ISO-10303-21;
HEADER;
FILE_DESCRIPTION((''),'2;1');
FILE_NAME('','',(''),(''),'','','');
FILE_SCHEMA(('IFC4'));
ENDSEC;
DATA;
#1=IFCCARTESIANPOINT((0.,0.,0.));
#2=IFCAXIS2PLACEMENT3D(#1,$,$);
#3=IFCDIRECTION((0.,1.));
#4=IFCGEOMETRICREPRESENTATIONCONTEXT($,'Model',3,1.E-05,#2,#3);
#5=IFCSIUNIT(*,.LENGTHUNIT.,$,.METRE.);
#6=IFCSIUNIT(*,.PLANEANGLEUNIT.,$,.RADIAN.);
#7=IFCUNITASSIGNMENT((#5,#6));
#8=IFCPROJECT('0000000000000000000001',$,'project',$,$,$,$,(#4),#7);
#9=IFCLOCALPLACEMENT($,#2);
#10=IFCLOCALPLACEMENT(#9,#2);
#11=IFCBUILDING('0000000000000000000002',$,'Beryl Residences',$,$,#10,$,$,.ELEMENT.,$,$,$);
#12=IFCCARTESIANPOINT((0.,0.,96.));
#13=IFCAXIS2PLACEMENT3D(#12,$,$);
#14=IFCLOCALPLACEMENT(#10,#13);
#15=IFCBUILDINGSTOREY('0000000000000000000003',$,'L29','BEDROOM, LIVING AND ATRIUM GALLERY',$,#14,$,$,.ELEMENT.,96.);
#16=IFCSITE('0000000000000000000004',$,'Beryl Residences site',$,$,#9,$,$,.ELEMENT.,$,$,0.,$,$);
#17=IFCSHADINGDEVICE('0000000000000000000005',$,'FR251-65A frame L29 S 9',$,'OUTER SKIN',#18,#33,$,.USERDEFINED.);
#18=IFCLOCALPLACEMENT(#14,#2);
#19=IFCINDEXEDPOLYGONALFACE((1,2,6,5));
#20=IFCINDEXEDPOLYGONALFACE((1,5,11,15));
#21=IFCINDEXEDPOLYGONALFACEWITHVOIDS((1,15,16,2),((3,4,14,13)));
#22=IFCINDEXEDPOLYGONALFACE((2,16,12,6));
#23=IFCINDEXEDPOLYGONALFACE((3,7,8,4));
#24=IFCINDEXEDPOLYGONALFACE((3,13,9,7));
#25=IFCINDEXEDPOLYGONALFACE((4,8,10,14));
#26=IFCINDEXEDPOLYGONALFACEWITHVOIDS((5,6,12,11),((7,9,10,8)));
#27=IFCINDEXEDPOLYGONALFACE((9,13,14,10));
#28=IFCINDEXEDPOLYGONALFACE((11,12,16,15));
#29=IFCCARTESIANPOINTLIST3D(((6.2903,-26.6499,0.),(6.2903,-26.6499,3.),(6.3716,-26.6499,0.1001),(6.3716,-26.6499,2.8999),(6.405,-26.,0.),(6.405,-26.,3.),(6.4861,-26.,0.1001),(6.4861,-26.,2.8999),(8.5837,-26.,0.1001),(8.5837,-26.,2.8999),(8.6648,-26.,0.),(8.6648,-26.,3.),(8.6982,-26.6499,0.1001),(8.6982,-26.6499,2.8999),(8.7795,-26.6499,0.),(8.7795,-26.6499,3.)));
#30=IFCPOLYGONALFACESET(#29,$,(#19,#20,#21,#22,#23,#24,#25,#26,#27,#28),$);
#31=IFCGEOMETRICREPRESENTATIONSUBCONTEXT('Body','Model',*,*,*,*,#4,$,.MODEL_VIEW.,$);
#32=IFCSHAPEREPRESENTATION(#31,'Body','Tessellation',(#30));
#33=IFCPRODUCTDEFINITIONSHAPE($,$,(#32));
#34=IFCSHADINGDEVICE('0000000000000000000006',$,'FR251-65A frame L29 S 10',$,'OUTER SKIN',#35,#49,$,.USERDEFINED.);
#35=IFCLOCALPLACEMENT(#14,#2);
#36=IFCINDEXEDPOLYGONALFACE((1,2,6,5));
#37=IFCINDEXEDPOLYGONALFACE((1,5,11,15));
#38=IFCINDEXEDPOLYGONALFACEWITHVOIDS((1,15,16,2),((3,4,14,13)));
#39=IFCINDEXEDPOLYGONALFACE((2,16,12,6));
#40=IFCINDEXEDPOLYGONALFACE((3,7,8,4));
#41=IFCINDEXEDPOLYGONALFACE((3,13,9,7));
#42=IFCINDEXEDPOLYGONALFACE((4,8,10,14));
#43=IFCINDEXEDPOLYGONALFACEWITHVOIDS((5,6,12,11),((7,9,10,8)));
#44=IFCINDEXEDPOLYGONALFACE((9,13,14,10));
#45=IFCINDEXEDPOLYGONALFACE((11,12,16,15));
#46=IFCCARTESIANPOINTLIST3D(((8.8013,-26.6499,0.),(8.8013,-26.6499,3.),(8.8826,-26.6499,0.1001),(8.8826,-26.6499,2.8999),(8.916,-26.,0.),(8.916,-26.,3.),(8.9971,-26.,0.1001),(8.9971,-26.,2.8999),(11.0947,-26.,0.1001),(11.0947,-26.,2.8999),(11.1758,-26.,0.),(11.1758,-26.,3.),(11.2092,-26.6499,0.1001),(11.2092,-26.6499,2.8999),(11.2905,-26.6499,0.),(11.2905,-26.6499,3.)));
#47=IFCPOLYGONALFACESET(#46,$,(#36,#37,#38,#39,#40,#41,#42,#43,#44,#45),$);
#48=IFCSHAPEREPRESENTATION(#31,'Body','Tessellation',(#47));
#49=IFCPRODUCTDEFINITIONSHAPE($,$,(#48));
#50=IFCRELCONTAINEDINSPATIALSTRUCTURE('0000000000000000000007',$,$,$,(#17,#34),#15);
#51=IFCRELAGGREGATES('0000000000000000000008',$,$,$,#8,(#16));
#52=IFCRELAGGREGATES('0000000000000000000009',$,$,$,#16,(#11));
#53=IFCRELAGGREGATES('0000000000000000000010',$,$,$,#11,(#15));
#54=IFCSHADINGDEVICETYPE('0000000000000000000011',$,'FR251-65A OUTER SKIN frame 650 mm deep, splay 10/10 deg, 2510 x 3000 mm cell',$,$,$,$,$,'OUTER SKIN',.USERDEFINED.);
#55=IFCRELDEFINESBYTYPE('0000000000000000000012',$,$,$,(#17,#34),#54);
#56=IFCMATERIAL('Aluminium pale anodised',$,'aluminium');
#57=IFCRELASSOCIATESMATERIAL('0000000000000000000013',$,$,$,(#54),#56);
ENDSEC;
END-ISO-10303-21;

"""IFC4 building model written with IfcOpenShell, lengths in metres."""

from ifc_helpers import new_model, entity, si_unit, direction, frame, origin, place, context, subcontext, project, spatial, source, transform, mapped, material, type_object, type_shapes, element, save


model = new_model("IFC4")

# Units and contexts
model_context = context("Model", 3, precision=1e-05, world=origin(), true_north=direction((0.0, 1.0)))
body_context = subcontext(model_context, "Body", "Model", "MODEL_VIEW")
ifc_project = project(units=[si_unit("LENGTHUNIT", "METRE"), si_unit("PLANEANGLEUNIT", "RADIAN")], contexts=[model_context])

# Site, building, storey
site_placement = place(None, origin())
site = spatial("IfcSite", under=ifc_project, at=site_placement, Name="Beryl Residences site", CompositionType="ELEMENT", RefElevation=0.0)
building_placement = place(site_placement, origin())
building = spatial("IfcBuilding", under=site, at=building_placement, Name="Beryl Residences", CompositionType="ELEMENT")
storey_placement = place(building_placement, frame((0.0, 0.0, 96.0)))
storey = spatial("IfcBuildingStorey", under=building, at=storey_placement, Name="L29", Description="BEDROOM, LIVING AND ATRIUM GALLERY", CompositionType="ELEMENT", Elevation=96.0)

# Shading devices
ifc_material_1 = material(Name="Aluminium pale anodised", Category="aluminium")
shading_device_type_1 = type_object("IfcShadingDeviceType", Name="FR251-65A OUTER SKIN frame 650 mm deep, splay 10/10 deg, 2510 x 3000 mm cell", ElementType="OUTER SKIN", PredefinedType="USERDEFINED", material=ifc_material_1)
cartesian_point_1 = entity("IfcCartesianPoint", [-1.1299, 0.0])
cartesian_point_2 = entity("IfcCartesianPoint", [-1.0488, 0.1001])
cartesian_point_3 = entity("IfcCartesianPoint", [-1.2446, 0.0])
cartesian_point_4 = entity("IfcCartesianPoint", [-1.1633, 0.1001])
shared_shape_1 = source(origin(), body_context, "Body", "SweptSolid", [
    entity("IfcExtrudedAreaSolidTapered", entity("IfcArbitraryProfileDefWithVoids", "AREA", None, entity("IfcPolyline", [cartesian_point_1, entity("IfcCartesianPoint", [1.1299, 0.0]), entity("IfcCartesianPoint", [1.1299, 3.0]), entity("IfcCartesianPoint", [-1.1299, 3.0]), cartesian_point_1]), [entity("IfcPolyline", [cartesian_point_2, entity("IfcCartesianPoint", [1.0488, 0.1001]), entity("IfcCartesianPoint", [1.0488, 2.8999]), entity("IfcCartesianPoint", [-1.0488, 2.8999]), cartesian_point_2])]), entity("IfcAxis2Placement3D", entity("IfcCartesianPoint", [0.0, 0.0, 0.0]), entity("IfcDirection", [0.0, 1.0, 0.0]), entity("IfcDirection", [-1.0, 0.0, 0.0])), entity("IfcDirection", [0.0, 0.0, 1.0]), 0.6499, entity("IfcArbitraryProfileDefWithVoids", "AREA", None, entity("IfcPolyline", [cartesian_point_3, entity("IfcCartesianPoint", [1.2446, 0.0]), entity("IfcCartesianPoint", [1.2446, 3.0]), entity("IfcCartesianPoint", [-1.2446, 3.0]), cartesian_point_3]), [entity("IfcPolyline", [cartesian_point_4, entity("IfcCartesianPoint", [1.1633, 0.1001]), entity("IfcCartesianPoint", [1.1633, 2.8999]), entity("IfcCartesianPoint", [-1.1633, 2.8999]), cartesian_point_4])])),
])
type_shapes(shading_device_type_1, [shared_shape_1])
for number, where, z_axis, x_axis, name in (
    (1, (7.5349, -26.0, 0.0), (0.0, 0.0, 1.0), (-1.0, 0.0, 0.0), "FR251-65A frame L29 S 9"),
    (2, (10.0459, -26.0, 0.0), (0.0, 0.0, 1.0), (-1.0, 0.0, 0.0), "FR251-65A frame L29 S 10"),
):
    element("IfcShadingDevice", number, at=place(storey_placement, frame(where, z_axis=z_axis, x_axis=x_axis)), inside=storey, type_object=shading_device_type_1, Name=name, ObjectType="OUTER SKIN", PredefinedType="USERDEFINED", context=body_context, shape_type="MappedRepresentation", body=[
        mapped(shared_shape_1, transform((0.0, 0.0, 0.0))),
    ])

save(model, "model.ifc")
